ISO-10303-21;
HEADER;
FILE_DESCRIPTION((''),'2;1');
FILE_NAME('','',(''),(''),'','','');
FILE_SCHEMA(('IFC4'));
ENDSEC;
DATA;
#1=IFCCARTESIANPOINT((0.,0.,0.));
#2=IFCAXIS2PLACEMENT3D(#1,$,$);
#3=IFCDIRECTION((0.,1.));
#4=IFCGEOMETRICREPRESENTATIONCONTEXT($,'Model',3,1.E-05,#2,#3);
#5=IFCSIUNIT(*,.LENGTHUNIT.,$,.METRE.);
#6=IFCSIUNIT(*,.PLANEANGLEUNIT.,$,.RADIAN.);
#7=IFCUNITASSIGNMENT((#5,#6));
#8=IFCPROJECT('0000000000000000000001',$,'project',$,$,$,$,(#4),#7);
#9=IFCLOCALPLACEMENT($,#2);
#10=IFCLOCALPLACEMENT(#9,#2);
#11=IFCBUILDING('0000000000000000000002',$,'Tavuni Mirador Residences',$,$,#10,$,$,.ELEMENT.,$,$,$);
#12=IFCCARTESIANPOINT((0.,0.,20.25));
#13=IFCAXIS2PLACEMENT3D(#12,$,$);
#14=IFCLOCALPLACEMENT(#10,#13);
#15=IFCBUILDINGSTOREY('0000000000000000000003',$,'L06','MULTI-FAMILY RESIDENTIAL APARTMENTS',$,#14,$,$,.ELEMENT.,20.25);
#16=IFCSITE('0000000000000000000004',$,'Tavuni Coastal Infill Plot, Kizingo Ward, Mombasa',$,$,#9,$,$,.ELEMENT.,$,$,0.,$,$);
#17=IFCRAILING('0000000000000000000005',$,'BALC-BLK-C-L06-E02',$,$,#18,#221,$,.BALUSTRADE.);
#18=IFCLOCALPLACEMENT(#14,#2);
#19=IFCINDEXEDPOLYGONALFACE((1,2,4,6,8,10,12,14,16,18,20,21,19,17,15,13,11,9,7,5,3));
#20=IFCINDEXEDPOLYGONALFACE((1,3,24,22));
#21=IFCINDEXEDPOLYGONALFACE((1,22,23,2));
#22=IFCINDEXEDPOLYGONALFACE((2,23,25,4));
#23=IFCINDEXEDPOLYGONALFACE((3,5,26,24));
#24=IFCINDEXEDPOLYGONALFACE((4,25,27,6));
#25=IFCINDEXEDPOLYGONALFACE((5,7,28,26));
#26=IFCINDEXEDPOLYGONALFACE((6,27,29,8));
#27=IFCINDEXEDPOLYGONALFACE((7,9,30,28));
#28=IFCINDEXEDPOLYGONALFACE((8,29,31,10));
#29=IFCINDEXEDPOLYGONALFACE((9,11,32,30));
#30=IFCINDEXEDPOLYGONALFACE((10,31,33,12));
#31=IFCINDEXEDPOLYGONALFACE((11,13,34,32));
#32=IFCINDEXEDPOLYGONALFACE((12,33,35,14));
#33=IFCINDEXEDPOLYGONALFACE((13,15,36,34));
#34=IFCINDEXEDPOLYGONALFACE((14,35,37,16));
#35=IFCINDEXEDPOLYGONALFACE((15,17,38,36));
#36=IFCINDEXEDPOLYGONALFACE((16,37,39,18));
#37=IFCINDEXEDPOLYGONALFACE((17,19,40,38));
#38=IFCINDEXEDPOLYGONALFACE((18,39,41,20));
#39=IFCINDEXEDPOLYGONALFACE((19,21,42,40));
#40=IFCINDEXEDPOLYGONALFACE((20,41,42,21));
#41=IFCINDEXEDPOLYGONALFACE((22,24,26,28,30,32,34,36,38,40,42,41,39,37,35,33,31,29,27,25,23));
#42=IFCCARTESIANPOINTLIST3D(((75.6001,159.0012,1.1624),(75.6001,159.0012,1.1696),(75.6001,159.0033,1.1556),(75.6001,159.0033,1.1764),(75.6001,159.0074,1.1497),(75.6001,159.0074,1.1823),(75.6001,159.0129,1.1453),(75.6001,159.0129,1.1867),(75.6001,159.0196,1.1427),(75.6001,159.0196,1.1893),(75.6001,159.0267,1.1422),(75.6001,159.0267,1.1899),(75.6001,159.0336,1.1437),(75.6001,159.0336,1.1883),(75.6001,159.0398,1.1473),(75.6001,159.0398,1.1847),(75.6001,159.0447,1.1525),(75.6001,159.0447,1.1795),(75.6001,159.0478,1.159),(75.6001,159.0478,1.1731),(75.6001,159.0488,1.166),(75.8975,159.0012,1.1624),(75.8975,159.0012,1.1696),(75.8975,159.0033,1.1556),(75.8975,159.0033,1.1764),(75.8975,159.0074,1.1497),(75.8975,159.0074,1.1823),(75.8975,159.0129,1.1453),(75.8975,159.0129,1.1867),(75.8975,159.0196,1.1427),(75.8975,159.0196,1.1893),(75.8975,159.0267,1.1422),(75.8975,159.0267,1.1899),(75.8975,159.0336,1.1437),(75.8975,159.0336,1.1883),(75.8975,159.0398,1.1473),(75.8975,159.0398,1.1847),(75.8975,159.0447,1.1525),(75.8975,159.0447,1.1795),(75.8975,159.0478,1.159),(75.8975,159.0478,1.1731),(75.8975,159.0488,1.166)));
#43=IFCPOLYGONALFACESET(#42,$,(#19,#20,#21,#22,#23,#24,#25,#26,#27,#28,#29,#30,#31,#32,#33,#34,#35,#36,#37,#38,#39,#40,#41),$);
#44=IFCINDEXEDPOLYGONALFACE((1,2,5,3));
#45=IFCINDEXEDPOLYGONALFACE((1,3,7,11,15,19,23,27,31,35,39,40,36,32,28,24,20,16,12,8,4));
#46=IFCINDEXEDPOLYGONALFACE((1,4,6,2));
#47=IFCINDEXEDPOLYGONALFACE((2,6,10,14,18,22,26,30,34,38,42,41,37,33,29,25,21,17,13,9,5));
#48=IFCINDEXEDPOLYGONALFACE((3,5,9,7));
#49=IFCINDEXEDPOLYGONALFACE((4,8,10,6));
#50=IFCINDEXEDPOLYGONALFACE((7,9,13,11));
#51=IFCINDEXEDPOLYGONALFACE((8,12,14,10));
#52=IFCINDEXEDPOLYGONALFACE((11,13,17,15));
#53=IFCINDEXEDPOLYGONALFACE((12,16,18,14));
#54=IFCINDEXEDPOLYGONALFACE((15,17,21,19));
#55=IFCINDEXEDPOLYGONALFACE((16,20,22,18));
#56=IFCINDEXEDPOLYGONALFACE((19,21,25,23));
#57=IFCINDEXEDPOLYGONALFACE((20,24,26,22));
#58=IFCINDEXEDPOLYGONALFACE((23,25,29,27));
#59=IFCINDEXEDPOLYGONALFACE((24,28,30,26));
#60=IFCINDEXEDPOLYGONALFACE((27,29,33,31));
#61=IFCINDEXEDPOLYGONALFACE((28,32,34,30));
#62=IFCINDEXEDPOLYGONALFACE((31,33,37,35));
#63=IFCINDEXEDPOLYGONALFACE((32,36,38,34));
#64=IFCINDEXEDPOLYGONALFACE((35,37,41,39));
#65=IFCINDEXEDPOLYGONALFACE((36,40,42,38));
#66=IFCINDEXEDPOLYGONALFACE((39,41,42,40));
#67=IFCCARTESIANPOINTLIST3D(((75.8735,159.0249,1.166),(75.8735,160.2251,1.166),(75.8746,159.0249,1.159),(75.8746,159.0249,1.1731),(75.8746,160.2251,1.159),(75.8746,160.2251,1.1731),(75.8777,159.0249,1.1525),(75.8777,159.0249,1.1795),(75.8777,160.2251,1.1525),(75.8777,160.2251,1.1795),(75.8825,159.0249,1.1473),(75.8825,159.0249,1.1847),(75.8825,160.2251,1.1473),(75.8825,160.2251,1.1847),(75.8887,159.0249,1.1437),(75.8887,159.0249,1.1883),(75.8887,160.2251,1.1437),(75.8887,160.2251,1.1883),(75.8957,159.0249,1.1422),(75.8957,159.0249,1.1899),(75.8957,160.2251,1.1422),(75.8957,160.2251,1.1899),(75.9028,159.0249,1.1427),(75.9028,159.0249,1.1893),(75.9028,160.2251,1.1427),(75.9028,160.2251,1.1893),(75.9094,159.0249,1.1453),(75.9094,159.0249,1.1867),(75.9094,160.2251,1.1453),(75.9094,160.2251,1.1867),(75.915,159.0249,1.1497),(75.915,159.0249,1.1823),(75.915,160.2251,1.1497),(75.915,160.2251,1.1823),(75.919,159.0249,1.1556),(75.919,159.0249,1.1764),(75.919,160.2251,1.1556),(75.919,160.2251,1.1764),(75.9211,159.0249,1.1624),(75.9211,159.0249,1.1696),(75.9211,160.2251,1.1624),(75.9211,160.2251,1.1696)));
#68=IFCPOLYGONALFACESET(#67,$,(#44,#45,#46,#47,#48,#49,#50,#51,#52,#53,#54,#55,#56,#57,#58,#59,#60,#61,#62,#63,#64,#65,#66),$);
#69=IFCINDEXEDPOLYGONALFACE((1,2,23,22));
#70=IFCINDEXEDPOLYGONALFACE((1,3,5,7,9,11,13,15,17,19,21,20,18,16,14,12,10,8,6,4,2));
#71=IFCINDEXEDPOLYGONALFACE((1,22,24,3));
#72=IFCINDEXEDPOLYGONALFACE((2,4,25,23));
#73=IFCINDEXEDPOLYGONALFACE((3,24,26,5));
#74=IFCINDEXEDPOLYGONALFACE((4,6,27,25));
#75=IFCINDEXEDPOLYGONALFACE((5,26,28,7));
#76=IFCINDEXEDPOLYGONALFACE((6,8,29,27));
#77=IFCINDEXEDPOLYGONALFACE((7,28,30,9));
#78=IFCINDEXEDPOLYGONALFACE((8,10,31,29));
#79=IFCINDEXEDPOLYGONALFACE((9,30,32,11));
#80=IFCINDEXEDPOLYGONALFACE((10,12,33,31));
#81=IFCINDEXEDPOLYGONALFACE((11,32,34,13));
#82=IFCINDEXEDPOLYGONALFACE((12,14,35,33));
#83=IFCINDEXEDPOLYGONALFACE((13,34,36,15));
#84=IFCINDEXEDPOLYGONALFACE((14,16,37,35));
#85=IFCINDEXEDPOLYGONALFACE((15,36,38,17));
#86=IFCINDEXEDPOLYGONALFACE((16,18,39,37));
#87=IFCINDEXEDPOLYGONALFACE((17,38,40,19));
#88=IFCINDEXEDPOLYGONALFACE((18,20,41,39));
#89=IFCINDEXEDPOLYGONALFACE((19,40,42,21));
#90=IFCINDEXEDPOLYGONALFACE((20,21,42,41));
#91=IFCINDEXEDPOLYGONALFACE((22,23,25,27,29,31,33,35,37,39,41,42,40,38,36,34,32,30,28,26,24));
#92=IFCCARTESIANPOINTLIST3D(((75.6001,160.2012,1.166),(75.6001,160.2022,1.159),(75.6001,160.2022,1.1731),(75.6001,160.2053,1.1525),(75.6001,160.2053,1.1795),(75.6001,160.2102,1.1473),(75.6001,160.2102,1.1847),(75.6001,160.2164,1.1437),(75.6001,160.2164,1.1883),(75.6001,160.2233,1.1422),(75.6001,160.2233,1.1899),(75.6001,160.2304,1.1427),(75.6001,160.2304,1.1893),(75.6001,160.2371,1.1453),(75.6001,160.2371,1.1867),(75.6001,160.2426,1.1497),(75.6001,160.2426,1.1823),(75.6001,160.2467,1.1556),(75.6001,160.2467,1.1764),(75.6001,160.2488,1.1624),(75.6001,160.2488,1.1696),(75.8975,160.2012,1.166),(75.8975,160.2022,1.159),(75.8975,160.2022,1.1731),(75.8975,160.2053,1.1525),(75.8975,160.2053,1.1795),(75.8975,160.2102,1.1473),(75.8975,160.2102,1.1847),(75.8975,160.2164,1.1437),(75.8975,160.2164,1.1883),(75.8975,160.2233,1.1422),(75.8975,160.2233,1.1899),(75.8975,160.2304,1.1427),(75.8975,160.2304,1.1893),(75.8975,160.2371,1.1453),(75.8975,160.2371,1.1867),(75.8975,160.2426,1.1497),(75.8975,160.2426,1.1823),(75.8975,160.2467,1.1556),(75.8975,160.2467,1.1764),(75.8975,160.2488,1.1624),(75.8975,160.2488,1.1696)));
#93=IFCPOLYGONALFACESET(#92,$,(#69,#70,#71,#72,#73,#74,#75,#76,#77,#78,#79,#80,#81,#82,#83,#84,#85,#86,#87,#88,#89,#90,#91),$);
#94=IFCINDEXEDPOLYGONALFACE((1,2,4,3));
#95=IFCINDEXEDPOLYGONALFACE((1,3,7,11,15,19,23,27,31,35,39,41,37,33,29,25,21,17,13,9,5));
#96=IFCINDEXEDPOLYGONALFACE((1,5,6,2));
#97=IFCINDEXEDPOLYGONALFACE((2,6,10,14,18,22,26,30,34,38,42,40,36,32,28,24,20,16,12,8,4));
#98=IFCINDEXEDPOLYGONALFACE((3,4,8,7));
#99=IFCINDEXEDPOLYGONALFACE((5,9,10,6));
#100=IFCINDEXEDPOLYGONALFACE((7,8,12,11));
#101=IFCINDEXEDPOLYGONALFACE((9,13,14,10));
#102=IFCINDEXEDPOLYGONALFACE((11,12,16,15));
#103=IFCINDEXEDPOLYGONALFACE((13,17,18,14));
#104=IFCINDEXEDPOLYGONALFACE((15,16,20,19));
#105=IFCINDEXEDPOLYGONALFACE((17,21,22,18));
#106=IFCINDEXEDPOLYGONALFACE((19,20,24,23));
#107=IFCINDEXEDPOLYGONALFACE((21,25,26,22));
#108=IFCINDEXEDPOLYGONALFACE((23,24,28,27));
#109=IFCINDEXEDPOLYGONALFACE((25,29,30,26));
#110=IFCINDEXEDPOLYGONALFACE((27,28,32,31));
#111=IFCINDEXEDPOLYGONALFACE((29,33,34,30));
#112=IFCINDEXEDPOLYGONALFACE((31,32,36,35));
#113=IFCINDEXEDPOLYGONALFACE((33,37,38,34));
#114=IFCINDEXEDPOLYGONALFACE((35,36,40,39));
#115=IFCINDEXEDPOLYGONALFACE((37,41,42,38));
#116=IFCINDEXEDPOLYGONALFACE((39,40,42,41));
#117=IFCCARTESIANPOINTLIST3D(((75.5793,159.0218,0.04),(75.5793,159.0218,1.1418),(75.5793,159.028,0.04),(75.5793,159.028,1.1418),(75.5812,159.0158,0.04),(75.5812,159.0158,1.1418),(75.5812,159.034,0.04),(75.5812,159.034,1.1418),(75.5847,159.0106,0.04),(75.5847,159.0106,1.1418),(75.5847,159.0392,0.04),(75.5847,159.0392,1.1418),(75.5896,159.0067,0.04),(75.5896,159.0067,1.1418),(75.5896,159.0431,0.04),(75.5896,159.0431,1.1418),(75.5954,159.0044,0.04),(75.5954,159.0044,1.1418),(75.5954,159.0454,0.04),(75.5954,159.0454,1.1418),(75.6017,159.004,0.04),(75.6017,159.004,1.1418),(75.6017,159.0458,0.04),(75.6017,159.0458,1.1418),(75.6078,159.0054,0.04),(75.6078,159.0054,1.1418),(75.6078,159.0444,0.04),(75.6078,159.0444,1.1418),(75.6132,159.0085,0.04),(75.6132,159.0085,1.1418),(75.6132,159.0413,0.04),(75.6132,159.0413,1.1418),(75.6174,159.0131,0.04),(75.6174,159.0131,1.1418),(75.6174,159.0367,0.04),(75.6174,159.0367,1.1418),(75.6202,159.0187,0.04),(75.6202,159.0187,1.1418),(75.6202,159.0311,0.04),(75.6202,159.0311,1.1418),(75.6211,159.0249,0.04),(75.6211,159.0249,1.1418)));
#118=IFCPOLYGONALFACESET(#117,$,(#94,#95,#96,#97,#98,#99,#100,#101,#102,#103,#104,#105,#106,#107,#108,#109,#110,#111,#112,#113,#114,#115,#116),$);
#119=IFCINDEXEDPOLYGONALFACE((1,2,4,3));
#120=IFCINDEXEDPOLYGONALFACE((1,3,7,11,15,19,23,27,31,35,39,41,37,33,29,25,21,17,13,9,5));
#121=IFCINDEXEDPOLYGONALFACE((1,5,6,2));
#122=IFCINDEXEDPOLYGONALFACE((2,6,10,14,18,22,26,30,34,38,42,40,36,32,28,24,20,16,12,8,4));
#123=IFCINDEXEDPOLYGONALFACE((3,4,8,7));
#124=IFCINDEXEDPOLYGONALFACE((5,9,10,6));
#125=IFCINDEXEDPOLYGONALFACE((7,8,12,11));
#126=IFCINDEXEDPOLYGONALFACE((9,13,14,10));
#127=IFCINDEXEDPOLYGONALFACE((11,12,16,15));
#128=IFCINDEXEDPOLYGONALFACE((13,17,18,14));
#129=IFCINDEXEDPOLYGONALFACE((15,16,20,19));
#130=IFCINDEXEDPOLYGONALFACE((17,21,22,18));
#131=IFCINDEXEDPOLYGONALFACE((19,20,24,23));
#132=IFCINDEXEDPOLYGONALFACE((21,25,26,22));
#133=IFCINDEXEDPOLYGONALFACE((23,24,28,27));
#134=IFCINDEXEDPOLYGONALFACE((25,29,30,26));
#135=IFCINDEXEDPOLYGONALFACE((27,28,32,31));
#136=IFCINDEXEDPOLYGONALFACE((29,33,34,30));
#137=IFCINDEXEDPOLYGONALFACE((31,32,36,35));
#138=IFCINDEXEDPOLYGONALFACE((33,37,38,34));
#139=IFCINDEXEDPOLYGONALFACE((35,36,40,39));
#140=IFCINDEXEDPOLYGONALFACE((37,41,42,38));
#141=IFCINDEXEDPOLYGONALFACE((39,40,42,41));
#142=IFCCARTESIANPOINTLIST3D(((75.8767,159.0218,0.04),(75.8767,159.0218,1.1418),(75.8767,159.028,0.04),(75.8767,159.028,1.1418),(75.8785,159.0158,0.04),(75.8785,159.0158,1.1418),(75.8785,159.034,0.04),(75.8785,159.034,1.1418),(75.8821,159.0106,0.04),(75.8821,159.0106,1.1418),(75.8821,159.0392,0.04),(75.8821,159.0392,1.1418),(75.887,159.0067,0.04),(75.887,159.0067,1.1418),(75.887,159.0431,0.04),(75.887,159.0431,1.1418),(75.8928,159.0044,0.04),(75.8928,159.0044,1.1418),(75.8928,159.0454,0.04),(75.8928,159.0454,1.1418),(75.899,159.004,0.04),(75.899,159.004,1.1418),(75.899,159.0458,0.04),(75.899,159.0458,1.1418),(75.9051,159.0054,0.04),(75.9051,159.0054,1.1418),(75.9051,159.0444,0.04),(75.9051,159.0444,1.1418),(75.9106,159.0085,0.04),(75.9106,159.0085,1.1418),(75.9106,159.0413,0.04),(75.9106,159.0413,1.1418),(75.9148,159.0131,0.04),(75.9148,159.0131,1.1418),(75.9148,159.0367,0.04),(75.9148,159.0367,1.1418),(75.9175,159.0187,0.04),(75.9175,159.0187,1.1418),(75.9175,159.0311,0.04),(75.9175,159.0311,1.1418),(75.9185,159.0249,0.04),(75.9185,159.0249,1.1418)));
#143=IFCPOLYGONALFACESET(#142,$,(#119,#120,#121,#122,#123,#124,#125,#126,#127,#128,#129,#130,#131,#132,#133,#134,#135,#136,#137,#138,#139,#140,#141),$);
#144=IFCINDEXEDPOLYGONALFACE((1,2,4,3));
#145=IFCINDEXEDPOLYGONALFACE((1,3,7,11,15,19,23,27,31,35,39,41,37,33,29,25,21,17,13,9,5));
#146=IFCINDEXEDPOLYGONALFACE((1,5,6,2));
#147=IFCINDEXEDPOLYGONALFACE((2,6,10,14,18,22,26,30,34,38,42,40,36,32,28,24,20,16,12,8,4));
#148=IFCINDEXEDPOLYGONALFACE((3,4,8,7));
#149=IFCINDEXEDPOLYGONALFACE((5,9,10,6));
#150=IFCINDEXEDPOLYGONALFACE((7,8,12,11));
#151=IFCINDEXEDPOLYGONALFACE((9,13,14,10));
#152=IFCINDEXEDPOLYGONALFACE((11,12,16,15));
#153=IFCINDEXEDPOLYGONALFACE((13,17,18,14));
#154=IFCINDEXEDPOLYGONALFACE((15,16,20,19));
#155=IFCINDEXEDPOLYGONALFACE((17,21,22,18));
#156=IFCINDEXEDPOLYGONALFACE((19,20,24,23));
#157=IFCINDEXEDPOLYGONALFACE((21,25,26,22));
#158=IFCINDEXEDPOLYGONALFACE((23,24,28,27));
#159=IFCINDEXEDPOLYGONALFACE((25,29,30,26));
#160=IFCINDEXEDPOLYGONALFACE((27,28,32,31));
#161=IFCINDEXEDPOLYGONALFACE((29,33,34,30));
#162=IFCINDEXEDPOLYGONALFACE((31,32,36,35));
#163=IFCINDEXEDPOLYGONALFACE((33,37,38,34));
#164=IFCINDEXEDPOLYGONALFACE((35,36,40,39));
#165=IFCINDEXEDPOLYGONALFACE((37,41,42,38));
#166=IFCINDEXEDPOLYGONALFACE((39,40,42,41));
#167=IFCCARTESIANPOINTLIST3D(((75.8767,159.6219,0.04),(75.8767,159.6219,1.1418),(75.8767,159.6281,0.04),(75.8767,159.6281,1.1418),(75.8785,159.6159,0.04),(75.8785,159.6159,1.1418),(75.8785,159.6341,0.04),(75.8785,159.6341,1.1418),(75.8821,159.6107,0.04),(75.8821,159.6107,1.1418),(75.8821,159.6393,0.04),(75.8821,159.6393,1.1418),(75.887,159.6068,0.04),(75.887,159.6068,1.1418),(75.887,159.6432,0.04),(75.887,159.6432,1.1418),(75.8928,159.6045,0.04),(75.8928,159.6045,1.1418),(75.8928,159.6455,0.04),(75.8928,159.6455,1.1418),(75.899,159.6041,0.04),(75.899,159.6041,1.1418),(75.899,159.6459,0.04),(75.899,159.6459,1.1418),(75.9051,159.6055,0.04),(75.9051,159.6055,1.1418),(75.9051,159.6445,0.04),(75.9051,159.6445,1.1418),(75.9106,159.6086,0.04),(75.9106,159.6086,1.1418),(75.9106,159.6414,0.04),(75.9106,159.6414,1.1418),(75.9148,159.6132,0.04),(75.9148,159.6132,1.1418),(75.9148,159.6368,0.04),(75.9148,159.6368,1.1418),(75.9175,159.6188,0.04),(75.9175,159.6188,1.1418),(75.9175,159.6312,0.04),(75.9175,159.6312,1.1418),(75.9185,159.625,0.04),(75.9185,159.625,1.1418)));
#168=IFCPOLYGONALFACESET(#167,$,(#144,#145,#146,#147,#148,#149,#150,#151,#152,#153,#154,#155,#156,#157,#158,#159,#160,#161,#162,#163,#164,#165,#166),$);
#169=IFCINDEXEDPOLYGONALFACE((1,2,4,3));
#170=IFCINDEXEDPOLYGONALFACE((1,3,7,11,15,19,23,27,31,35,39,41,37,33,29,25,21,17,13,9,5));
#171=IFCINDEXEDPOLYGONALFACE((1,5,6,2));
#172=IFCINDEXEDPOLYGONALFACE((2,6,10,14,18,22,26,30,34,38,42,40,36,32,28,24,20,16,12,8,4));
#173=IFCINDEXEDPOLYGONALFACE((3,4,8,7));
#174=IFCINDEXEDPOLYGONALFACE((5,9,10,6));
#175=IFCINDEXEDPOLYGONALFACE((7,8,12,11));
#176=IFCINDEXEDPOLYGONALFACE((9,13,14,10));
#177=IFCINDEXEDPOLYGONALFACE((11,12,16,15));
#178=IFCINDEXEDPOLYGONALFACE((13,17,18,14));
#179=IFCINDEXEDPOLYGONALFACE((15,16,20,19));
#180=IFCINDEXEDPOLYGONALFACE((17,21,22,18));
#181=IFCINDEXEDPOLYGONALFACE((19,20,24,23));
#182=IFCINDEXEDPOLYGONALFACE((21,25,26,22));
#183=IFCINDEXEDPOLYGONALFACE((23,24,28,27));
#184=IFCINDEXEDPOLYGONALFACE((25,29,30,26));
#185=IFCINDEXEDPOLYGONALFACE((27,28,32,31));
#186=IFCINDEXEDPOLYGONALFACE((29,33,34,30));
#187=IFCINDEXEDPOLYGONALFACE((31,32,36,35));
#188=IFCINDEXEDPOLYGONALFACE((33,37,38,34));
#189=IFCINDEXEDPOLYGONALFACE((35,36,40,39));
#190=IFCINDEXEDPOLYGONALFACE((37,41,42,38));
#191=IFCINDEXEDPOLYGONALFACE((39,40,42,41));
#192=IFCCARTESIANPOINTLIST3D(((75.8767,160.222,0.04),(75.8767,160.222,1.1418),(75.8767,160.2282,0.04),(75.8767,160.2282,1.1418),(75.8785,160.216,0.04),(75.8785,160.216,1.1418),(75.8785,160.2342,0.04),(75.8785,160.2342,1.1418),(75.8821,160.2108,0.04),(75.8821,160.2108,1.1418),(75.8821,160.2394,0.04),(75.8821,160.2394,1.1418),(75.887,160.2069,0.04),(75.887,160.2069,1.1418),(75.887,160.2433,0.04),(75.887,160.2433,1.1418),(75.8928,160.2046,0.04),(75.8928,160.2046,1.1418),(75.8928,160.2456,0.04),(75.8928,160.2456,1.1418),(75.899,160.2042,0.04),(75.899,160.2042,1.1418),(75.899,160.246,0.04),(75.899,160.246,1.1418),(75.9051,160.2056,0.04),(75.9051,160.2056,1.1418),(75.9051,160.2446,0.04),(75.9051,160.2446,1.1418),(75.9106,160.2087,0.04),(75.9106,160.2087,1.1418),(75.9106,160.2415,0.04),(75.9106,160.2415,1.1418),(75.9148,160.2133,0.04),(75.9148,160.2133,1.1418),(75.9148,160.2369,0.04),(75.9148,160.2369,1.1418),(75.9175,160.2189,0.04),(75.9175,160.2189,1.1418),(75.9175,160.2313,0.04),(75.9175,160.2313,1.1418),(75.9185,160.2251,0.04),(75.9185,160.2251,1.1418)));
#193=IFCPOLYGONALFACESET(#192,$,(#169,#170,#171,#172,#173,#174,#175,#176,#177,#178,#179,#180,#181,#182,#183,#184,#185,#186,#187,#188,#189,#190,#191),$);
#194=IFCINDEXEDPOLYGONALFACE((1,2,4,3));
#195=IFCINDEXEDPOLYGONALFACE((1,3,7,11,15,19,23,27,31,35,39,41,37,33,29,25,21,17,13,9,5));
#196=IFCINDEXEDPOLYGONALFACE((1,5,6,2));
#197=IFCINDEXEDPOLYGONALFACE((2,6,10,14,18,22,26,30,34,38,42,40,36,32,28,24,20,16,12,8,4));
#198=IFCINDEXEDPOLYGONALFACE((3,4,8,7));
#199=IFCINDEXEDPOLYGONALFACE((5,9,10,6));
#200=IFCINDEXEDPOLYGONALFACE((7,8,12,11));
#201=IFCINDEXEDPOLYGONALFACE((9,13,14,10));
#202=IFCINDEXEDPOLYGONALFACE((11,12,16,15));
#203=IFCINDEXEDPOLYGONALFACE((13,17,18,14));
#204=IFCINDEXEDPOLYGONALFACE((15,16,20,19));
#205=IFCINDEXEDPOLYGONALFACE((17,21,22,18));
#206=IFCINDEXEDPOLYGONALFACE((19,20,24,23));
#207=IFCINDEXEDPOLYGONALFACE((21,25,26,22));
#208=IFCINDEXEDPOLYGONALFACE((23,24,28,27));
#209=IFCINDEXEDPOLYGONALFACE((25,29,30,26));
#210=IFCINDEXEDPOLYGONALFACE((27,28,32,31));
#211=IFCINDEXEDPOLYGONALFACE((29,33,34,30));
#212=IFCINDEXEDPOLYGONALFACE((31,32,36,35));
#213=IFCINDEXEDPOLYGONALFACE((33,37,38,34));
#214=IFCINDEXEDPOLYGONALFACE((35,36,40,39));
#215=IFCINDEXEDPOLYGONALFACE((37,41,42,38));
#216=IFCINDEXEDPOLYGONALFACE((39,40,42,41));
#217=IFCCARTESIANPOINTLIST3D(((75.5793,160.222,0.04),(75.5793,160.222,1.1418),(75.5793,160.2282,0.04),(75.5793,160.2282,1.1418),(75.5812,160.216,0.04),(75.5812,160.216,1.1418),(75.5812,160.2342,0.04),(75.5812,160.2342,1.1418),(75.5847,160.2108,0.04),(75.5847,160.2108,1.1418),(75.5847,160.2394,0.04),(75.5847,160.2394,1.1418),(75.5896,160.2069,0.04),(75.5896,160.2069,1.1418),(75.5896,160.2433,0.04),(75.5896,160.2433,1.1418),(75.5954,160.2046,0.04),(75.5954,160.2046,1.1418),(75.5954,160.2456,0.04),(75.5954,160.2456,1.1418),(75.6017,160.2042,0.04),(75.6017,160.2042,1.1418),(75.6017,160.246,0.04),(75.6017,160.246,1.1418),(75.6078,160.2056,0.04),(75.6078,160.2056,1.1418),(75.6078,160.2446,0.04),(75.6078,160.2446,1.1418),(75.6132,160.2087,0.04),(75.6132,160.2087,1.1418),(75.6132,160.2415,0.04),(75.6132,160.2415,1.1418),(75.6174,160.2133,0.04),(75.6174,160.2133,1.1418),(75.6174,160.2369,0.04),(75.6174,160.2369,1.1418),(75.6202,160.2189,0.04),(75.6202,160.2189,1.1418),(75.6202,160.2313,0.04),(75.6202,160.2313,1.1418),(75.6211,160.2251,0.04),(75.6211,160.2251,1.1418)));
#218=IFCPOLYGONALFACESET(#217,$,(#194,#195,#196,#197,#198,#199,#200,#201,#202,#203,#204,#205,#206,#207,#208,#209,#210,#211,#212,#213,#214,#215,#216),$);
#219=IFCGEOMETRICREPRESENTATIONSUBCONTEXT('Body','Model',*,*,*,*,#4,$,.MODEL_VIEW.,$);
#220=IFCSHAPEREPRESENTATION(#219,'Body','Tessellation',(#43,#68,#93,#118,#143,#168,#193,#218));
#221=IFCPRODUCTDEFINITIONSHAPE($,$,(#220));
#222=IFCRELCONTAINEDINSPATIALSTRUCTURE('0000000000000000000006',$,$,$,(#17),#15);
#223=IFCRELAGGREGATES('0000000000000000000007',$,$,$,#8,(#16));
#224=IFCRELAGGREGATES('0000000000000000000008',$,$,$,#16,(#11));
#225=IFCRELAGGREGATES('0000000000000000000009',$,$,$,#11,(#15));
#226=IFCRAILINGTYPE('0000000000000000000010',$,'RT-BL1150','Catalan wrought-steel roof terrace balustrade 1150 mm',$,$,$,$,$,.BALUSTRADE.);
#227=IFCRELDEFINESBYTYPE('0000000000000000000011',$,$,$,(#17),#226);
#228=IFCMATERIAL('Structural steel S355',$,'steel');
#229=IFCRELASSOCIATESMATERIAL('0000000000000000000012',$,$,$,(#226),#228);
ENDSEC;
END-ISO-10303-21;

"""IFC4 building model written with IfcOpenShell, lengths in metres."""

from ifc_helpers import new_model, si_unit, direction, frame, origin, origin_2d, place, context, subcontext, project, spatial, circle, extrude, material, type_object, element, save


model = new_model("IFC4")

# Units and contexts
model_context = context("Model", 3, precision=1e-05, world=origin(), true_north=direction((0.0, 1.0)))
body_context = subcontext(model_context, "Body", "Model", "MODEL_VIEW")
ifc_project = project(units=[si_unit("LENGTHUNIT", "METRE"), si_unit("PLANEANGLEUNIT", "RADIAN")], contexts=[model_context])

# Site, building, storey
site_placement = place(None, origin())
site = spatial("IfcSite", under=ifc_project, at=site_placement, Name="Tavuni Coastal Infill Plot, Kizingo Ward, Mombasa", CompositionType="ELEMENT", RefElevation=0.0)
building_placement = place(site_placement, origin())
building = spatial("IfcBuilding", under=site, at=building_placement, Name="Tavuni Mirador Residences", CompositionType="ELEMENT")
storey_placement = place(building_placement, frame((0.0, 0.0, 20.25)))
storey = spatial("IfcBuildingStorey", under=building, at=storey_placement, Name="L06", Description="MULTI-FAMILY RESIDENTIAL APARTMENTS", CompositionType="ELEMENT", Elevation=20.25)

# Railing
ifc_material_1 = material(Name="Structural steel S355", Category="steel")
railing_type = type_object("IfcRailingType", Name="RT-BL1150", Description="Catalan wrought-steel roof terrace balustrade 1150 mm", PredefinedType="BALUSTRADE", material=ifc_material_1)
railing_placement = place(storey_placement, frame((75.6001, 159.0249, 0.04)))
element("IfcRailing", 1, at=railing_placement, inside=storey, type_object=railing_type, Name="BALC-BLK-C-L06-E02", PredefinedType="BALUSTRADE", context=body_context, shape_type="SweptSolid", body=[
    extrude(circle(Radius=0.0239, at=origin_2d()), frame((0.0, 0.0, 1.126), z_axis=(1.0, 0.0, 0.0), x_axis=(0.0, 1.0, 0.0)), (0.0, 0.0, 1.0), 0.2974),
    extrude(circle(Radius=0.0239, at=origin_2d()), frame((0.2974, 0.0, 1.126), z_axis=(0.0, 1.0, 0.0), x_axis=(-1.0, 0.0, 0.0)), (0.0, 0.0, 1.0), 1.2002),
    extrude(circle(Radius=0.0239, at=origin_2d()), frame((0.2974, 1.2002, 1.126), z_axis=(-1.0, 0.0, 0.0), x_axis=(0.0, -1.0, 0.0)), (0.0, 0.0, 1.0), 0.2974),
    extrude(circle(Radius=0.021, at=origin_2d()), origin(), (0.0, 0.0, 1.0), 1.1018),
    extrude(circle(Radius=0.021, at=origin_2d()), frame((0.2974, 0.0, 0.0)), (0.0, 0.0, 1.0), 1.1018),
    extrude(circle(Radius=0.021, at=origin_2d()), frame((0.2974, 0.6001, 0.0)), (0.0, 0.0, 1.0), 1.1018),
    extrude(circle(Radius=0.021, at=origin_2d()), frame((0.2974, 1.2002, 0.0)), (0.0, 0.0, 1.0), 1.1018),
    extrude(circle(Radius=0.021, at=origin_2d()), frame((0.0, 1.2002, 0.0)), (0.0, 0.0, 1.0), 1.1018),
])

save(model, "model.ifc")
